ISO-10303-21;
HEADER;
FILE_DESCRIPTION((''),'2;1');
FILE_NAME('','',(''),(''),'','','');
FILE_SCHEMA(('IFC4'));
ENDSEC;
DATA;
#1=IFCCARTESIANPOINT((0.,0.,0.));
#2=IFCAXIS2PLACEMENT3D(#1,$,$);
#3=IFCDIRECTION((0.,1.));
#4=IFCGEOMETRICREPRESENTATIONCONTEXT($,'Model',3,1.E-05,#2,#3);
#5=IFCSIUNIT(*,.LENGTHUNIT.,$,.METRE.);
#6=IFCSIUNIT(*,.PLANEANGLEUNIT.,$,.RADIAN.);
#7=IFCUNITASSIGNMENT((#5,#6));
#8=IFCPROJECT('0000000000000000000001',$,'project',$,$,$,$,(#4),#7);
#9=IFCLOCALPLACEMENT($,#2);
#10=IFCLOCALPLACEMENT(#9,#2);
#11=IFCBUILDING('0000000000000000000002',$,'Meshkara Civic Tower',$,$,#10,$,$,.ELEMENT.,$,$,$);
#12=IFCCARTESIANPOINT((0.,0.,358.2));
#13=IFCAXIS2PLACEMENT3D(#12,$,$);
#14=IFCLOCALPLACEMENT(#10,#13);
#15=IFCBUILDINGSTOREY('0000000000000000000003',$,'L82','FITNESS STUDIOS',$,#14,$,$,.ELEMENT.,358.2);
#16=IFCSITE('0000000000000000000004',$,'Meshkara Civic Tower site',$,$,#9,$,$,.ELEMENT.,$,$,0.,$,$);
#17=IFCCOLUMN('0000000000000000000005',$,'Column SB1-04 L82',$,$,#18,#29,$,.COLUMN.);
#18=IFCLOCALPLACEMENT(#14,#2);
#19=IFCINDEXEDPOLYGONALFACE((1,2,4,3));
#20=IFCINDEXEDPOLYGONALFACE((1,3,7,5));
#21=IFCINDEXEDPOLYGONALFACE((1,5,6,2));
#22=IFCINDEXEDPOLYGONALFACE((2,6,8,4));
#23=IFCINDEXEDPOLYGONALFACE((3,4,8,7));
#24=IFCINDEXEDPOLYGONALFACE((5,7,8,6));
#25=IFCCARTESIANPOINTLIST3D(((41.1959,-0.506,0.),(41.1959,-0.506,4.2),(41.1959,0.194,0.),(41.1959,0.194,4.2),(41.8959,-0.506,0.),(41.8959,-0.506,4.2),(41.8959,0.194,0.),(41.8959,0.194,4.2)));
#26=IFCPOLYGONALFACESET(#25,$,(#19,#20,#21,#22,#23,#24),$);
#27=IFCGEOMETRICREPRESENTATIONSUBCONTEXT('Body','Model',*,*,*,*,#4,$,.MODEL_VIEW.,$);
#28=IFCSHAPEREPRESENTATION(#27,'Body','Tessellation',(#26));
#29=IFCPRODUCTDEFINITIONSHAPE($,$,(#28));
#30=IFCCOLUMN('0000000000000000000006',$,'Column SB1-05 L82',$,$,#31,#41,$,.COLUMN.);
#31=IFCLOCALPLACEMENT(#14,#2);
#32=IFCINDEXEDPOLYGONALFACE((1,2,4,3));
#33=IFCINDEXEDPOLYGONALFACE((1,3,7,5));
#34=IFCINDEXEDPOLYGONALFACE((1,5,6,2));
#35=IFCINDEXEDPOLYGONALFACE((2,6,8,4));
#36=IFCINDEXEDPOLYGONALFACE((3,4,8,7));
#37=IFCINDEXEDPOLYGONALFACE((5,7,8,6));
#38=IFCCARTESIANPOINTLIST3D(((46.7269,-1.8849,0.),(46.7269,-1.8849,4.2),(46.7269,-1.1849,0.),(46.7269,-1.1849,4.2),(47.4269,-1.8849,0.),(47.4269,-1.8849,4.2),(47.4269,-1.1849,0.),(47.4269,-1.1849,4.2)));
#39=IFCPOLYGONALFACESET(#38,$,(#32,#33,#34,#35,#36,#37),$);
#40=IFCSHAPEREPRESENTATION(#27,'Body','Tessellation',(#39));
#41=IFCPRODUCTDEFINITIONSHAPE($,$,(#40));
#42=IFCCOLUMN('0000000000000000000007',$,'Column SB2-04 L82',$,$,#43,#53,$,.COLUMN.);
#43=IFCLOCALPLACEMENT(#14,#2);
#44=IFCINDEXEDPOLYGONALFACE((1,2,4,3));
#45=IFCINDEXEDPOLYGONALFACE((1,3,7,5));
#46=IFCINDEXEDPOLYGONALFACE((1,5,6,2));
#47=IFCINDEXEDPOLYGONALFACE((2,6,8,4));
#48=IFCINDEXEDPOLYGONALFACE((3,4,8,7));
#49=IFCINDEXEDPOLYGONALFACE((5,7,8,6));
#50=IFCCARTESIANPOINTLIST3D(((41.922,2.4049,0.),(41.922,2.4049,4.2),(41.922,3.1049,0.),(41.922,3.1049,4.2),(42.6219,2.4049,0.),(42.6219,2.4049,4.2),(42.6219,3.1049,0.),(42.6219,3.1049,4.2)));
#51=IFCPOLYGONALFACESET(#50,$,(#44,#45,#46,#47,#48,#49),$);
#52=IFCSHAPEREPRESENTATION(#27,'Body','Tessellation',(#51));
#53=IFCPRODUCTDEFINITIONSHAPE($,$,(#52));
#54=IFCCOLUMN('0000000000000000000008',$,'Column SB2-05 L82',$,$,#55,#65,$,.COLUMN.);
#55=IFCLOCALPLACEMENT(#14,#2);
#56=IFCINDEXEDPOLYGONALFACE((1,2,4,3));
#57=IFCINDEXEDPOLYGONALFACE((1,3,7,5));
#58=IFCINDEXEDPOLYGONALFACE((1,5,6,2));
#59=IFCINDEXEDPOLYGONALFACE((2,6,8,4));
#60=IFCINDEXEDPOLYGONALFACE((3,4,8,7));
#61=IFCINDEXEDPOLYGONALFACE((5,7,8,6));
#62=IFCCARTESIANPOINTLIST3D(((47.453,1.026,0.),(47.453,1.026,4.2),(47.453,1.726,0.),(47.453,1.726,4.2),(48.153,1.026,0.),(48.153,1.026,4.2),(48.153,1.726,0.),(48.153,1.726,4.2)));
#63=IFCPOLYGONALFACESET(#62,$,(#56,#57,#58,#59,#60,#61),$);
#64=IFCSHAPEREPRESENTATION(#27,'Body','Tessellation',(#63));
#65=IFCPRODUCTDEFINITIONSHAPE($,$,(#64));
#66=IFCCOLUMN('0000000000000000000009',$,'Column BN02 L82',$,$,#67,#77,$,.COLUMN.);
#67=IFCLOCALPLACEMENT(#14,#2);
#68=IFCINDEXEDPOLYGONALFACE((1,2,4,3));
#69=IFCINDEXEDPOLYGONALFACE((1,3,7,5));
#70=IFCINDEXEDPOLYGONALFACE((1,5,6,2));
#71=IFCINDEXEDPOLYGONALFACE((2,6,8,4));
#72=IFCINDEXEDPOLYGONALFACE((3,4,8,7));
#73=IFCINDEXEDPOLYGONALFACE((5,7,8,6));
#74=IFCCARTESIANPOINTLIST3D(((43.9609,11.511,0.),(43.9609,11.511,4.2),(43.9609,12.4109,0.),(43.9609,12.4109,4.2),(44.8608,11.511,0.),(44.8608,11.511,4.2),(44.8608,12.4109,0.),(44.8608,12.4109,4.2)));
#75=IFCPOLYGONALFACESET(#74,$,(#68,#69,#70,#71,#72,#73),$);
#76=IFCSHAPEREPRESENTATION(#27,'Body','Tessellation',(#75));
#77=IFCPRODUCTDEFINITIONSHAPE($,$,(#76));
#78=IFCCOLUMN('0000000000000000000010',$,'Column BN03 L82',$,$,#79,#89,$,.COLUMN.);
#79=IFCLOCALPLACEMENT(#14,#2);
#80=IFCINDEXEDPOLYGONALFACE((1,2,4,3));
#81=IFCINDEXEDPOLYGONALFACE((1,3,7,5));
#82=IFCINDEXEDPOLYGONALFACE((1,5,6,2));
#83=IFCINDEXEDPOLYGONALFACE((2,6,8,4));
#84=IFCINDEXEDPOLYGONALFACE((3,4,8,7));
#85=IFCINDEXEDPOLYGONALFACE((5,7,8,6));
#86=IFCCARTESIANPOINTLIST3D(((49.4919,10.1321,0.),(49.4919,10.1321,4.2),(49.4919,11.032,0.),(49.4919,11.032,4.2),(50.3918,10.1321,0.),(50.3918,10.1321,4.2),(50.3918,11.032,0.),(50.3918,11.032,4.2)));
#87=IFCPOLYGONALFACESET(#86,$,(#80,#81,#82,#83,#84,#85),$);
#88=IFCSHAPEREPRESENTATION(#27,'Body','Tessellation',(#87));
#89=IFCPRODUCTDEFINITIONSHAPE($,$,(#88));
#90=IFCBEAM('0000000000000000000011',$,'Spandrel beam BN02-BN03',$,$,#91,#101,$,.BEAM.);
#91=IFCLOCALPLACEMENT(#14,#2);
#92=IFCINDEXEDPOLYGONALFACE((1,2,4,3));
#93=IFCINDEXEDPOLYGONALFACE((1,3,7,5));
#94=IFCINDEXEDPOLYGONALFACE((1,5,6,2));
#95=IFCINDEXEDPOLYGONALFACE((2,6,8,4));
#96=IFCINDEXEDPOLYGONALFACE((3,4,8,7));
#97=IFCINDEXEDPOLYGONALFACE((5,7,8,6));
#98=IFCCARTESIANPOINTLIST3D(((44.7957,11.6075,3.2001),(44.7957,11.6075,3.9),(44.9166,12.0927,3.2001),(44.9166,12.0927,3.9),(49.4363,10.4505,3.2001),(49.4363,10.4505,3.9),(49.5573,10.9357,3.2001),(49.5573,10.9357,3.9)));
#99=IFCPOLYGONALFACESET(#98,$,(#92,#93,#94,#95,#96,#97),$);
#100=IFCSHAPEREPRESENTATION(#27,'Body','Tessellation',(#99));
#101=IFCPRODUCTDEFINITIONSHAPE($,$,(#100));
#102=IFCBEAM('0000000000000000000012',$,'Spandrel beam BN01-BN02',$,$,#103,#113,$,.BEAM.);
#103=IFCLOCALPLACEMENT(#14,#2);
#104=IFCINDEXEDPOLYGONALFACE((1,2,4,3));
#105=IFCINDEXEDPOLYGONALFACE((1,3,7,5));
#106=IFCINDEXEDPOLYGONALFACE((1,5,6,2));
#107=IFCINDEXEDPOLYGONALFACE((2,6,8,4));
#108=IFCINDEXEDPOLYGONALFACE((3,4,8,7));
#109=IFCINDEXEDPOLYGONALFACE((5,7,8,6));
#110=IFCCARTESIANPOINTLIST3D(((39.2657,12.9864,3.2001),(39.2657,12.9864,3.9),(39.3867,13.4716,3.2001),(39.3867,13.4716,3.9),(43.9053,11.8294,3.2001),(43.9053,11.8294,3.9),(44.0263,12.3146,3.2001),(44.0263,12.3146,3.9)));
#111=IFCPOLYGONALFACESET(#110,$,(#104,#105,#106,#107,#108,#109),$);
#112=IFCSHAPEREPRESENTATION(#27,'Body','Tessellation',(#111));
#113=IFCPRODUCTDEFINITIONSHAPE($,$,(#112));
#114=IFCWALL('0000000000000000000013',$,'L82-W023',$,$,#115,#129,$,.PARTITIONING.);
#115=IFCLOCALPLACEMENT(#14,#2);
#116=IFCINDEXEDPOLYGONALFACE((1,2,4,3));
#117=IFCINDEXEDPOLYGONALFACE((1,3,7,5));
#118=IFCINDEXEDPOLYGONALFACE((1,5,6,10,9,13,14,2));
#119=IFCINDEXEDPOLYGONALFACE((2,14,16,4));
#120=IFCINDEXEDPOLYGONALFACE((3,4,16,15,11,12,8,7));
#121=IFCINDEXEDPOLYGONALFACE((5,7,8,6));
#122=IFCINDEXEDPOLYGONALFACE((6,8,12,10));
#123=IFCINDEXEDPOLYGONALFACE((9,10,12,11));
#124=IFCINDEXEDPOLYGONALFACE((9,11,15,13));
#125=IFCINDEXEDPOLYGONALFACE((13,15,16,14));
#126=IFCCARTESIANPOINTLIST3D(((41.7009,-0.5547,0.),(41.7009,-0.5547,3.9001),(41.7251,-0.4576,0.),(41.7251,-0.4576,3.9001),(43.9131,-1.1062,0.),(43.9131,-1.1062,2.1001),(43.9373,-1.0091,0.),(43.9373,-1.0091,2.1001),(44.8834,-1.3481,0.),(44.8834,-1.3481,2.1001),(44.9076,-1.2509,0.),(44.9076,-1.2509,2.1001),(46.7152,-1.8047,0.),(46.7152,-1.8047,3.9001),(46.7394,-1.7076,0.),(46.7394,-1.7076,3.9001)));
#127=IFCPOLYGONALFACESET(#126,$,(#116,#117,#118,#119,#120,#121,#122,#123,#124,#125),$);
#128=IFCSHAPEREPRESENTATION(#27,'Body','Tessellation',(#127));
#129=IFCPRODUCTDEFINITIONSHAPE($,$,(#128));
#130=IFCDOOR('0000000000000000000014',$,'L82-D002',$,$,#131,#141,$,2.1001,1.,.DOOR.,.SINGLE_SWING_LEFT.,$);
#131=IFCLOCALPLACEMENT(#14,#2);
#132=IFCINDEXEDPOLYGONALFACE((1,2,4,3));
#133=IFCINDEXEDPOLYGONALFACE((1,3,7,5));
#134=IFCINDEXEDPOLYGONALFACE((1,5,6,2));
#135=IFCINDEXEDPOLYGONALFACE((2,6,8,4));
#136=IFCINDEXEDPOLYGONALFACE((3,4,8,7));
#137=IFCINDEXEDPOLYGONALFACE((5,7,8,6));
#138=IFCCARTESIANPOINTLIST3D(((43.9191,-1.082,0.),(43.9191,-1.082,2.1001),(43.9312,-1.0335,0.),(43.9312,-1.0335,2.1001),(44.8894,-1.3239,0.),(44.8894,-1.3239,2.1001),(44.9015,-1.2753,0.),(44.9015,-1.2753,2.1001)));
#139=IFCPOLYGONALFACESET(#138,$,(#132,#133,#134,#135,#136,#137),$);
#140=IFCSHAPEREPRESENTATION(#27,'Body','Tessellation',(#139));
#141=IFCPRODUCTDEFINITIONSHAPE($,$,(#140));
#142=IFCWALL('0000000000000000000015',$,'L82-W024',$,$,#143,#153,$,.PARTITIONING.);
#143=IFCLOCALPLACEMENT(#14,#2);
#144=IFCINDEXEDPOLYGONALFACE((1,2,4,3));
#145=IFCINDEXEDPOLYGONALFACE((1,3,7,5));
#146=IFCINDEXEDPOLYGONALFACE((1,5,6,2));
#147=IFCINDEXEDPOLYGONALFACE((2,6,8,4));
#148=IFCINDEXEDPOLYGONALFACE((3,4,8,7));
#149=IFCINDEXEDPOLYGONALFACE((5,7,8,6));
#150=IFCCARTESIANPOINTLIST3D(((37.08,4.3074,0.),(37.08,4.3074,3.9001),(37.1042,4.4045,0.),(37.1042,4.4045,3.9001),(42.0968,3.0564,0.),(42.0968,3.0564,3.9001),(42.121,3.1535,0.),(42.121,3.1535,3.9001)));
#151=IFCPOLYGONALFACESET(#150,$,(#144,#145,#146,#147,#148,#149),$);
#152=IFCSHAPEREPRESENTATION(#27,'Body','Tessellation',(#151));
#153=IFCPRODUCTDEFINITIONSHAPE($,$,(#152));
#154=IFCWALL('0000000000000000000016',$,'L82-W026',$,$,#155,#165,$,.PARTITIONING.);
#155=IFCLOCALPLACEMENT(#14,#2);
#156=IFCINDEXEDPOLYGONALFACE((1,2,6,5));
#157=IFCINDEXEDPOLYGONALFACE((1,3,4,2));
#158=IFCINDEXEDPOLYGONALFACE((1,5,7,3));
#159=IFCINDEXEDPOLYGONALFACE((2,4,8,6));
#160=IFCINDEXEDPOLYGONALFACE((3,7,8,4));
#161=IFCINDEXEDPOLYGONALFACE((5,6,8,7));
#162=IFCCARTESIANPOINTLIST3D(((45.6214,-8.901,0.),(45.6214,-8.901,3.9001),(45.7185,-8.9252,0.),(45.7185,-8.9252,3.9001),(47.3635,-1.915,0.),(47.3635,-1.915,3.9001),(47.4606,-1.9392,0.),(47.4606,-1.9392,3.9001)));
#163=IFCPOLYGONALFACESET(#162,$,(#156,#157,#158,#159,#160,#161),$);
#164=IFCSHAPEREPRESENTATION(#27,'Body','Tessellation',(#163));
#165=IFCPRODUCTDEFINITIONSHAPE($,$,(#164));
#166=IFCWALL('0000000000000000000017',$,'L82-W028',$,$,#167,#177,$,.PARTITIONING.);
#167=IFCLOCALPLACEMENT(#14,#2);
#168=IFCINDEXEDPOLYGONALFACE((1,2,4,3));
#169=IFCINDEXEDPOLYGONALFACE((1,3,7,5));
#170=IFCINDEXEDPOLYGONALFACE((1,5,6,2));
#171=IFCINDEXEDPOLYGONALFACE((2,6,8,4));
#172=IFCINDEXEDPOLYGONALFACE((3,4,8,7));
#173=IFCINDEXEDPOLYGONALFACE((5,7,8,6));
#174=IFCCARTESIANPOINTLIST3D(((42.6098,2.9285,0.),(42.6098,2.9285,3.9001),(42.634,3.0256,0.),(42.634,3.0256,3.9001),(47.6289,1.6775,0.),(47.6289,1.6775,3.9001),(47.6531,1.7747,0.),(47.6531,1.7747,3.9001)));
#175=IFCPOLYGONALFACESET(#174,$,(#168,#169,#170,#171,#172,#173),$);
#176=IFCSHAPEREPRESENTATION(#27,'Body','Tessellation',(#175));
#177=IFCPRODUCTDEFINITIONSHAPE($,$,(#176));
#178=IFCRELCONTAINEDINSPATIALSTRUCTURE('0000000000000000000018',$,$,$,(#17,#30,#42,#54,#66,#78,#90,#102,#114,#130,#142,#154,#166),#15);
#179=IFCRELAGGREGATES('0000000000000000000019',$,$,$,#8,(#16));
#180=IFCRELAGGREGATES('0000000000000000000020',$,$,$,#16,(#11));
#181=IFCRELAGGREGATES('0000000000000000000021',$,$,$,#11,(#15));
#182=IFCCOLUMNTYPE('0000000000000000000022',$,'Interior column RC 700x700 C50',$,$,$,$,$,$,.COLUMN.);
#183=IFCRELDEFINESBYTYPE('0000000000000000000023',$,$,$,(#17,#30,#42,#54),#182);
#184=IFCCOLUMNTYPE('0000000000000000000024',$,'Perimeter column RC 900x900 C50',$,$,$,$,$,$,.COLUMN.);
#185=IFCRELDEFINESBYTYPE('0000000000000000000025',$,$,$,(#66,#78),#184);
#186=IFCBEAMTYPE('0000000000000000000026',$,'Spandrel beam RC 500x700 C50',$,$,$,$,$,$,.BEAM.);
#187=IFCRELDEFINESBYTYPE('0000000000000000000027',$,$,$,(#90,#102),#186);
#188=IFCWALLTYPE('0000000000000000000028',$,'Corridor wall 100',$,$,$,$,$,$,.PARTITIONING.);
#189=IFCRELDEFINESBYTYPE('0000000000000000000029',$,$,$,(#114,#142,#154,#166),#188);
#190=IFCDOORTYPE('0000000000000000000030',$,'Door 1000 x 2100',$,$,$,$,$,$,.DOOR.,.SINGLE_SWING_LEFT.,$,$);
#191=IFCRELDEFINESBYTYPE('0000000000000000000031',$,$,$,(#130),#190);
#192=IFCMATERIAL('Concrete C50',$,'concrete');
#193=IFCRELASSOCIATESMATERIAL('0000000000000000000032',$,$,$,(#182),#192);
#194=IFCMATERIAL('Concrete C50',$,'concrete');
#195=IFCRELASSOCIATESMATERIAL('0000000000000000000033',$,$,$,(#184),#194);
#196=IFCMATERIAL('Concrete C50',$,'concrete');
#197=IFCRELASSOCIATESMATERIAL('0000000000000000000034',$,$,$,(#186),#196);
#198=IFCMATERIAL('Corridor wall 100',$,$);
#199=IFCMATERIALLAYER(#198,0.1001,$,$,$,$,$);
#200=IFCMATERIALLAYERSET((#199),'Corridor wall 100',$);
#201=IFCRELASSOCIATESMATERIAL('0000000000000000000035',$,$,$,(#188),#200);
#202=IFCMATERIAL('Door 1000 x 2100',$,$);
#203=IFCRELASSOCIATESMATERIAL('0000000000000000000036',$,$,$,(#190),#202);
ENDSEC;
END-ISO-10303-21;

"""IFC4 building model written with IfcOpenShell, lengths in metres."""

from ifc_helpers import new_model, si_unit, direction, frame, frame_2d, origin, origin_2d, place, context, subcontext, project, spatial, rectangle, extrude, material, layer, layer_set, material_profile, profile_set, type_object, element, fill, save


model = new_model("IFC4")

# Units and contexts
model_context = context("Model", 3, precision=1e-05, world=origin(), true_north=direction((0.0, 1.0)))
body_context = subcontext(model_context, "Body", "Model", "MODEL_VIEW")
ifc_project = project(units=[si_unit("LENGTHUNIT", "METRE"), si_unit("PLANEANGLEUNIT", "RADIAN")], contexts=[model_context])

# Site, building, storey
site_placement = place(None, origin())
site = spatial("IfcSite", under=ifc_project, at=site_placement, Name="Meshkara Civic Tower site", CompositionType="ELEMENT", RefElevation=0.0)
building_placement = place(site_placement, origin())
building = spatial("IfcBuilding", under=site, at=building_placement, Name="Meshkara Civic Tower", CompositionType="ELEMENT")
storey_placement = place(building_placement, frame((0.0, 0.0, 358.2)))
storey = spatial("IfcBuildingStorey", under=building, at=storey_placement, Name="L82", Description="FITNESS STUDIOS", CompositionType="ELEMENT", Elevation=358.2)

# Columns
ifc_material_1 = material(Name="Concrete C50", Category="concrete")
ifc_material_profile_1 = material_profile(ifc_material_1, rectangle(XDim=0.7, YDim=0.7, at=origin_2d()))
ifc_profile_set_1 = profile_set([ifc_material_profile_1], Name="Concrete C50")
column_type_1 = type_object("IfcColumnType", Name="Interior column RC 700x700 C50", PredefinedType="COLUMN", material=ifc_profile_set_1)
for number, where, z_axis, x_axis, name in (
    (1, (41.5459, -0.156, 0.0), (0.0, 0.0, 1.0), (1.0, 0.0, 0.0), "Column SB1-04 L82"),
    (2, (47.0769, -1.5349, 0.0), (0.0, 0.0, 1.0), (1.0, 0.0, 0.0), "Column SB1-05 L82"),
    (3, (42.272, 2.7549, 0.0), (0.0, 0.0, 1.0), (1.0, 0.0, 0.0), "Column SB2-04 L82"),
    (4, (47.803, 1.376, 0.0), (0.0, 0.0, 1.0), (1.0, 0.0, 0.0), "Column SB2-05 L82"),
):
    element("IfcColumn", number, at=place(storey_placement, frame(where, z_axis=z_axis, x_axis=x_axis)), inside=storey, type_object=column_type_1, Name=name, PredefinedType="COLUMN", context=body_context, shape_type="SweptSolid", body=[
        extrude(rectangle(XDim=0.7, YDim=0.7, at=origin_2d()), origin(), (0.0, 0.0, 1.0), 4.2),
    ])
ifc_material_2 = material(Name="Concrete C50", Category="concrete")
ifc_material_profile_2 = material_profile(ifc_material_2, rectangle(XDim=0.8999, YDim=0.8999, at=origin_2d()))
ifc_profile_set_2 = profile_set([ifc_material_profile_2], Name="Concrete C50")
column_type_2 = type_object("IfcColumnType", Name="Perimeter column RC 900x900 C50", PredefinedType="COLUMN", material=ifc_profile_set_2)
for number, where, z_axis, x_axis, name in (
    (5, (44.4109, 11.9609, 0.0), (0.0, 0.0, 1.0), (1.0, 0.0, 0.0), "Column BN02 L82"),
    (6, (49.9419, 10.582, 0.0), (0.0, 0.0, 1.0), (1.0, 0.0, 0.0), "Column BN03 L82"),
):
    element("IfcColumn", number, at=place(storey_placement, frame(where, z_axis=z_axis, x_axis=x_axis)), inside=storey, type_object=column_type_2, Name=name, PredefinedType="COLUMN", context=body_context, shape_type="SweptSolid", body=[
        extrude(rectangle(XDim=0.8999, YDim=0.8999, at=origin_2d()), origin(), (0.0, 0.0, 1.0), 4.2),
    ])

# Beams
ifc_material_3 = material(Name="Concrete C50", Category="concrete")
ifc_material_profile_3 = material_profile(ifc_material_3, rectangle(XDim=0.5, YDim=0.7, at=origin_2d()))
ifc_profile_set_3 = profile_set([ifc_material_profile_3], Name="Concrete C50")
beam_type = type_object("IfcBeamType", Name="Spandrel beam RC 500x700 C50", PredefinedType="BEAM", material=ifc_profile_set_3)
beam_1_placement = place(storey_placement, frame((49.4968, 10.6931, 3.55), z_axis=(-0.970298, 0.241911, 0.0), x_axis=(-0.241911, -0.970298, 0.0)))
element("IfcBeam", 7, at=beam_1_placement, inside=storey, type_object=beam_type, Name="Spandrel beam BN02-BN03", PredefinedType="BEAM", context=body_context, shape_type="SweptSolid", body=[
    extrude(rectangle(XDim=0.5, YDim=0.7, at=origin_2d()), origin(), (0.0, 0.0, 1.0), 4.7827),
])
beam_2_placement = place(storey_placement, frame((43.9658, 12.072, 3.55), z_axis=(-0.970286, 0.241959, 0.0), x_axis=(-0.241959, -0.970286, 0.0)))
element("IfcBeam", 8, at=beam_2_placement, inside=storey, type_object=beam_type, Name="Spandrel beam BN01-BN02", PredefinedType="BEAM", context=body_context, shape_type="SweptSolid", body=[
    extrude(rectangle(XDim=0.5, YDim=0.7, at=origin_2d()), origin(), (0.0, 0.0, 1.0), 4.7817),
])

# Wall, opening, door
ifc_material_4 = material(Name="Corridor wall 100")
ifc_layer_1 = layer(ifc_material_4, 0.1001)
ifc_layer_set_1 = layer_set([ifc_layer_1], Name="Corridor wall 100")
wall_type_1 = type_object("IfcWallType", Name="Corridor wall 100", PredefinedType="PARTITIONING", material=ifc_layer_set_1)
wall_1_placement = place(storey_placement, frame((41.7129, -0.5061, 0.0), z_axis=(0.0, 0.0, 1.0), x_axis=(0.970303, -0.241891, 0.0)))
wall_1 = element("IfcWall", 9, at=wall_1_placement, inside=storey, type_object=wall_type_1, Name="L82-W023", PredefinedType="PARTITIONING", context=body_context, shape_type="SweptSolid", body=[
    extrude(rectangle(XDim=5.1677, YDim=0.1001, at=frame_2d((2.584, 0.0))), origin(), (0.0, 0.0, 1.0), 3.9001),
])
opening_1_placement = place(wall_1_placement, frame((2.28, 0.0, 0.0)))
opening_1 = element("IfcOpeningElement", 10, at=opening_1_placement, cuts=wall_1, PredefinedType="OPENING", context=body_context, shape_type="SweptSolid", body=[
    extrude(rectangle(XDim=1.0, YDim=2.1001, at=frame_2d((0.5, 1.05))), frame((0.0, 0.0601, 0.0), z_axis=(0.0, -1.0, 0.0), x_axis=(1.0, 0.0, 0.0)), (0.0, 0.0, 1.0), 0.1201),
])
ifc_material_5 = material(Name="Door 1000 x 2100")
door_type_1 = type_object("IfcDoorType", Name="Door 1000 x 2100", OperationType="SINGLE_SWING_LEFT", PredefinedType="DOOR", material=ifc_material_5)
door_1_placement = place(opening_1_placement, origin())
door_1 = element("IfcDoor", 11, at=door_1_placement, inside=storey, type_object=door_type_1, Name="L82-D002", OperationType="SINGLE_SWING_LEFT", OverallHeight=2.1001, OverallWidth=1.0, PredefinedType="DOOR", context=body_context, shape_type="SweptSolid", body=[
    extrude(rectangle(XDim=1.0, YDim=2.1001, at=frame_2d((0.5, 1.05))), frame((0.0, 0.0249, 0.0), z_axis=(0.0, -1.0, 0.0), x_axis=(1.0, 0.0, 0.0)), (0.0, 0.0, 1.0), 0.05),
])
fill(opening_1, door_1)

# Walls
wall_2_placement = place(storey_placement, frame((42.1089, 3.105, 0.0), z_axis=(0.0, 0.0, 1.0), x_axis=(-0.97029, 0.241947, 0.0)))
element("IfcWall", 12, at=wall_2_placement, inside=storey, type_object=wall_type_1, Name="L82-W024", PredefinedType="PARTITIONING", context=body_context, shape_type="SweptSolid", body=[
    extrude(rectangle(XDim=5.1704, YDim=0.1001, at=frame_2d((2.5852, 0.0))), origin(), (0.0, 0.0, 1.0), 3.9001),
])
wall_3_placement = place(storey_placement, frame((47.4121, -1.927, 0.0), z_axis=(0.0, 0.0, 1.0), x_axis=(-0.241969, -0.970284, 0.0)))
element("IfcWall", 13, at=wall_3_placement, inside=storey, type_object=wall_type_1, Name="L82-W026", PredefinedType="PARTITIONING", context=body_context, shape_type="SweptSolid", body=[
    extrude(rectangle(XDim=7.2, YDim=0.1001, at=frame_2d((3.6001, 0.0))), origin(), (0.0, 0.0, 1.0), 3.9001),
])
wall_4_placement = place(storey_placement, frame((47.6411, 1.7261, 0.0), z_axis=(0.0, 0.0, 1.0), x_axis=(-0.970314, 0.241847, 0.0)))
element("IfcWall", 14, at=wall_4_placement, inside=storey, type_object=wall_type_1, Name="L82-W028", PredefinedType="PARTITIONING", context=body_context, shape_type="SweptSolid", body=[
    extrude(rectangle(XDim=5.1726, YDim=0.1001, at=frame_2d((2.5864, 0.0))), origin(), (0.0, 0.0, 1.0), 3.9001),
])

save(model, "model.ifc")
